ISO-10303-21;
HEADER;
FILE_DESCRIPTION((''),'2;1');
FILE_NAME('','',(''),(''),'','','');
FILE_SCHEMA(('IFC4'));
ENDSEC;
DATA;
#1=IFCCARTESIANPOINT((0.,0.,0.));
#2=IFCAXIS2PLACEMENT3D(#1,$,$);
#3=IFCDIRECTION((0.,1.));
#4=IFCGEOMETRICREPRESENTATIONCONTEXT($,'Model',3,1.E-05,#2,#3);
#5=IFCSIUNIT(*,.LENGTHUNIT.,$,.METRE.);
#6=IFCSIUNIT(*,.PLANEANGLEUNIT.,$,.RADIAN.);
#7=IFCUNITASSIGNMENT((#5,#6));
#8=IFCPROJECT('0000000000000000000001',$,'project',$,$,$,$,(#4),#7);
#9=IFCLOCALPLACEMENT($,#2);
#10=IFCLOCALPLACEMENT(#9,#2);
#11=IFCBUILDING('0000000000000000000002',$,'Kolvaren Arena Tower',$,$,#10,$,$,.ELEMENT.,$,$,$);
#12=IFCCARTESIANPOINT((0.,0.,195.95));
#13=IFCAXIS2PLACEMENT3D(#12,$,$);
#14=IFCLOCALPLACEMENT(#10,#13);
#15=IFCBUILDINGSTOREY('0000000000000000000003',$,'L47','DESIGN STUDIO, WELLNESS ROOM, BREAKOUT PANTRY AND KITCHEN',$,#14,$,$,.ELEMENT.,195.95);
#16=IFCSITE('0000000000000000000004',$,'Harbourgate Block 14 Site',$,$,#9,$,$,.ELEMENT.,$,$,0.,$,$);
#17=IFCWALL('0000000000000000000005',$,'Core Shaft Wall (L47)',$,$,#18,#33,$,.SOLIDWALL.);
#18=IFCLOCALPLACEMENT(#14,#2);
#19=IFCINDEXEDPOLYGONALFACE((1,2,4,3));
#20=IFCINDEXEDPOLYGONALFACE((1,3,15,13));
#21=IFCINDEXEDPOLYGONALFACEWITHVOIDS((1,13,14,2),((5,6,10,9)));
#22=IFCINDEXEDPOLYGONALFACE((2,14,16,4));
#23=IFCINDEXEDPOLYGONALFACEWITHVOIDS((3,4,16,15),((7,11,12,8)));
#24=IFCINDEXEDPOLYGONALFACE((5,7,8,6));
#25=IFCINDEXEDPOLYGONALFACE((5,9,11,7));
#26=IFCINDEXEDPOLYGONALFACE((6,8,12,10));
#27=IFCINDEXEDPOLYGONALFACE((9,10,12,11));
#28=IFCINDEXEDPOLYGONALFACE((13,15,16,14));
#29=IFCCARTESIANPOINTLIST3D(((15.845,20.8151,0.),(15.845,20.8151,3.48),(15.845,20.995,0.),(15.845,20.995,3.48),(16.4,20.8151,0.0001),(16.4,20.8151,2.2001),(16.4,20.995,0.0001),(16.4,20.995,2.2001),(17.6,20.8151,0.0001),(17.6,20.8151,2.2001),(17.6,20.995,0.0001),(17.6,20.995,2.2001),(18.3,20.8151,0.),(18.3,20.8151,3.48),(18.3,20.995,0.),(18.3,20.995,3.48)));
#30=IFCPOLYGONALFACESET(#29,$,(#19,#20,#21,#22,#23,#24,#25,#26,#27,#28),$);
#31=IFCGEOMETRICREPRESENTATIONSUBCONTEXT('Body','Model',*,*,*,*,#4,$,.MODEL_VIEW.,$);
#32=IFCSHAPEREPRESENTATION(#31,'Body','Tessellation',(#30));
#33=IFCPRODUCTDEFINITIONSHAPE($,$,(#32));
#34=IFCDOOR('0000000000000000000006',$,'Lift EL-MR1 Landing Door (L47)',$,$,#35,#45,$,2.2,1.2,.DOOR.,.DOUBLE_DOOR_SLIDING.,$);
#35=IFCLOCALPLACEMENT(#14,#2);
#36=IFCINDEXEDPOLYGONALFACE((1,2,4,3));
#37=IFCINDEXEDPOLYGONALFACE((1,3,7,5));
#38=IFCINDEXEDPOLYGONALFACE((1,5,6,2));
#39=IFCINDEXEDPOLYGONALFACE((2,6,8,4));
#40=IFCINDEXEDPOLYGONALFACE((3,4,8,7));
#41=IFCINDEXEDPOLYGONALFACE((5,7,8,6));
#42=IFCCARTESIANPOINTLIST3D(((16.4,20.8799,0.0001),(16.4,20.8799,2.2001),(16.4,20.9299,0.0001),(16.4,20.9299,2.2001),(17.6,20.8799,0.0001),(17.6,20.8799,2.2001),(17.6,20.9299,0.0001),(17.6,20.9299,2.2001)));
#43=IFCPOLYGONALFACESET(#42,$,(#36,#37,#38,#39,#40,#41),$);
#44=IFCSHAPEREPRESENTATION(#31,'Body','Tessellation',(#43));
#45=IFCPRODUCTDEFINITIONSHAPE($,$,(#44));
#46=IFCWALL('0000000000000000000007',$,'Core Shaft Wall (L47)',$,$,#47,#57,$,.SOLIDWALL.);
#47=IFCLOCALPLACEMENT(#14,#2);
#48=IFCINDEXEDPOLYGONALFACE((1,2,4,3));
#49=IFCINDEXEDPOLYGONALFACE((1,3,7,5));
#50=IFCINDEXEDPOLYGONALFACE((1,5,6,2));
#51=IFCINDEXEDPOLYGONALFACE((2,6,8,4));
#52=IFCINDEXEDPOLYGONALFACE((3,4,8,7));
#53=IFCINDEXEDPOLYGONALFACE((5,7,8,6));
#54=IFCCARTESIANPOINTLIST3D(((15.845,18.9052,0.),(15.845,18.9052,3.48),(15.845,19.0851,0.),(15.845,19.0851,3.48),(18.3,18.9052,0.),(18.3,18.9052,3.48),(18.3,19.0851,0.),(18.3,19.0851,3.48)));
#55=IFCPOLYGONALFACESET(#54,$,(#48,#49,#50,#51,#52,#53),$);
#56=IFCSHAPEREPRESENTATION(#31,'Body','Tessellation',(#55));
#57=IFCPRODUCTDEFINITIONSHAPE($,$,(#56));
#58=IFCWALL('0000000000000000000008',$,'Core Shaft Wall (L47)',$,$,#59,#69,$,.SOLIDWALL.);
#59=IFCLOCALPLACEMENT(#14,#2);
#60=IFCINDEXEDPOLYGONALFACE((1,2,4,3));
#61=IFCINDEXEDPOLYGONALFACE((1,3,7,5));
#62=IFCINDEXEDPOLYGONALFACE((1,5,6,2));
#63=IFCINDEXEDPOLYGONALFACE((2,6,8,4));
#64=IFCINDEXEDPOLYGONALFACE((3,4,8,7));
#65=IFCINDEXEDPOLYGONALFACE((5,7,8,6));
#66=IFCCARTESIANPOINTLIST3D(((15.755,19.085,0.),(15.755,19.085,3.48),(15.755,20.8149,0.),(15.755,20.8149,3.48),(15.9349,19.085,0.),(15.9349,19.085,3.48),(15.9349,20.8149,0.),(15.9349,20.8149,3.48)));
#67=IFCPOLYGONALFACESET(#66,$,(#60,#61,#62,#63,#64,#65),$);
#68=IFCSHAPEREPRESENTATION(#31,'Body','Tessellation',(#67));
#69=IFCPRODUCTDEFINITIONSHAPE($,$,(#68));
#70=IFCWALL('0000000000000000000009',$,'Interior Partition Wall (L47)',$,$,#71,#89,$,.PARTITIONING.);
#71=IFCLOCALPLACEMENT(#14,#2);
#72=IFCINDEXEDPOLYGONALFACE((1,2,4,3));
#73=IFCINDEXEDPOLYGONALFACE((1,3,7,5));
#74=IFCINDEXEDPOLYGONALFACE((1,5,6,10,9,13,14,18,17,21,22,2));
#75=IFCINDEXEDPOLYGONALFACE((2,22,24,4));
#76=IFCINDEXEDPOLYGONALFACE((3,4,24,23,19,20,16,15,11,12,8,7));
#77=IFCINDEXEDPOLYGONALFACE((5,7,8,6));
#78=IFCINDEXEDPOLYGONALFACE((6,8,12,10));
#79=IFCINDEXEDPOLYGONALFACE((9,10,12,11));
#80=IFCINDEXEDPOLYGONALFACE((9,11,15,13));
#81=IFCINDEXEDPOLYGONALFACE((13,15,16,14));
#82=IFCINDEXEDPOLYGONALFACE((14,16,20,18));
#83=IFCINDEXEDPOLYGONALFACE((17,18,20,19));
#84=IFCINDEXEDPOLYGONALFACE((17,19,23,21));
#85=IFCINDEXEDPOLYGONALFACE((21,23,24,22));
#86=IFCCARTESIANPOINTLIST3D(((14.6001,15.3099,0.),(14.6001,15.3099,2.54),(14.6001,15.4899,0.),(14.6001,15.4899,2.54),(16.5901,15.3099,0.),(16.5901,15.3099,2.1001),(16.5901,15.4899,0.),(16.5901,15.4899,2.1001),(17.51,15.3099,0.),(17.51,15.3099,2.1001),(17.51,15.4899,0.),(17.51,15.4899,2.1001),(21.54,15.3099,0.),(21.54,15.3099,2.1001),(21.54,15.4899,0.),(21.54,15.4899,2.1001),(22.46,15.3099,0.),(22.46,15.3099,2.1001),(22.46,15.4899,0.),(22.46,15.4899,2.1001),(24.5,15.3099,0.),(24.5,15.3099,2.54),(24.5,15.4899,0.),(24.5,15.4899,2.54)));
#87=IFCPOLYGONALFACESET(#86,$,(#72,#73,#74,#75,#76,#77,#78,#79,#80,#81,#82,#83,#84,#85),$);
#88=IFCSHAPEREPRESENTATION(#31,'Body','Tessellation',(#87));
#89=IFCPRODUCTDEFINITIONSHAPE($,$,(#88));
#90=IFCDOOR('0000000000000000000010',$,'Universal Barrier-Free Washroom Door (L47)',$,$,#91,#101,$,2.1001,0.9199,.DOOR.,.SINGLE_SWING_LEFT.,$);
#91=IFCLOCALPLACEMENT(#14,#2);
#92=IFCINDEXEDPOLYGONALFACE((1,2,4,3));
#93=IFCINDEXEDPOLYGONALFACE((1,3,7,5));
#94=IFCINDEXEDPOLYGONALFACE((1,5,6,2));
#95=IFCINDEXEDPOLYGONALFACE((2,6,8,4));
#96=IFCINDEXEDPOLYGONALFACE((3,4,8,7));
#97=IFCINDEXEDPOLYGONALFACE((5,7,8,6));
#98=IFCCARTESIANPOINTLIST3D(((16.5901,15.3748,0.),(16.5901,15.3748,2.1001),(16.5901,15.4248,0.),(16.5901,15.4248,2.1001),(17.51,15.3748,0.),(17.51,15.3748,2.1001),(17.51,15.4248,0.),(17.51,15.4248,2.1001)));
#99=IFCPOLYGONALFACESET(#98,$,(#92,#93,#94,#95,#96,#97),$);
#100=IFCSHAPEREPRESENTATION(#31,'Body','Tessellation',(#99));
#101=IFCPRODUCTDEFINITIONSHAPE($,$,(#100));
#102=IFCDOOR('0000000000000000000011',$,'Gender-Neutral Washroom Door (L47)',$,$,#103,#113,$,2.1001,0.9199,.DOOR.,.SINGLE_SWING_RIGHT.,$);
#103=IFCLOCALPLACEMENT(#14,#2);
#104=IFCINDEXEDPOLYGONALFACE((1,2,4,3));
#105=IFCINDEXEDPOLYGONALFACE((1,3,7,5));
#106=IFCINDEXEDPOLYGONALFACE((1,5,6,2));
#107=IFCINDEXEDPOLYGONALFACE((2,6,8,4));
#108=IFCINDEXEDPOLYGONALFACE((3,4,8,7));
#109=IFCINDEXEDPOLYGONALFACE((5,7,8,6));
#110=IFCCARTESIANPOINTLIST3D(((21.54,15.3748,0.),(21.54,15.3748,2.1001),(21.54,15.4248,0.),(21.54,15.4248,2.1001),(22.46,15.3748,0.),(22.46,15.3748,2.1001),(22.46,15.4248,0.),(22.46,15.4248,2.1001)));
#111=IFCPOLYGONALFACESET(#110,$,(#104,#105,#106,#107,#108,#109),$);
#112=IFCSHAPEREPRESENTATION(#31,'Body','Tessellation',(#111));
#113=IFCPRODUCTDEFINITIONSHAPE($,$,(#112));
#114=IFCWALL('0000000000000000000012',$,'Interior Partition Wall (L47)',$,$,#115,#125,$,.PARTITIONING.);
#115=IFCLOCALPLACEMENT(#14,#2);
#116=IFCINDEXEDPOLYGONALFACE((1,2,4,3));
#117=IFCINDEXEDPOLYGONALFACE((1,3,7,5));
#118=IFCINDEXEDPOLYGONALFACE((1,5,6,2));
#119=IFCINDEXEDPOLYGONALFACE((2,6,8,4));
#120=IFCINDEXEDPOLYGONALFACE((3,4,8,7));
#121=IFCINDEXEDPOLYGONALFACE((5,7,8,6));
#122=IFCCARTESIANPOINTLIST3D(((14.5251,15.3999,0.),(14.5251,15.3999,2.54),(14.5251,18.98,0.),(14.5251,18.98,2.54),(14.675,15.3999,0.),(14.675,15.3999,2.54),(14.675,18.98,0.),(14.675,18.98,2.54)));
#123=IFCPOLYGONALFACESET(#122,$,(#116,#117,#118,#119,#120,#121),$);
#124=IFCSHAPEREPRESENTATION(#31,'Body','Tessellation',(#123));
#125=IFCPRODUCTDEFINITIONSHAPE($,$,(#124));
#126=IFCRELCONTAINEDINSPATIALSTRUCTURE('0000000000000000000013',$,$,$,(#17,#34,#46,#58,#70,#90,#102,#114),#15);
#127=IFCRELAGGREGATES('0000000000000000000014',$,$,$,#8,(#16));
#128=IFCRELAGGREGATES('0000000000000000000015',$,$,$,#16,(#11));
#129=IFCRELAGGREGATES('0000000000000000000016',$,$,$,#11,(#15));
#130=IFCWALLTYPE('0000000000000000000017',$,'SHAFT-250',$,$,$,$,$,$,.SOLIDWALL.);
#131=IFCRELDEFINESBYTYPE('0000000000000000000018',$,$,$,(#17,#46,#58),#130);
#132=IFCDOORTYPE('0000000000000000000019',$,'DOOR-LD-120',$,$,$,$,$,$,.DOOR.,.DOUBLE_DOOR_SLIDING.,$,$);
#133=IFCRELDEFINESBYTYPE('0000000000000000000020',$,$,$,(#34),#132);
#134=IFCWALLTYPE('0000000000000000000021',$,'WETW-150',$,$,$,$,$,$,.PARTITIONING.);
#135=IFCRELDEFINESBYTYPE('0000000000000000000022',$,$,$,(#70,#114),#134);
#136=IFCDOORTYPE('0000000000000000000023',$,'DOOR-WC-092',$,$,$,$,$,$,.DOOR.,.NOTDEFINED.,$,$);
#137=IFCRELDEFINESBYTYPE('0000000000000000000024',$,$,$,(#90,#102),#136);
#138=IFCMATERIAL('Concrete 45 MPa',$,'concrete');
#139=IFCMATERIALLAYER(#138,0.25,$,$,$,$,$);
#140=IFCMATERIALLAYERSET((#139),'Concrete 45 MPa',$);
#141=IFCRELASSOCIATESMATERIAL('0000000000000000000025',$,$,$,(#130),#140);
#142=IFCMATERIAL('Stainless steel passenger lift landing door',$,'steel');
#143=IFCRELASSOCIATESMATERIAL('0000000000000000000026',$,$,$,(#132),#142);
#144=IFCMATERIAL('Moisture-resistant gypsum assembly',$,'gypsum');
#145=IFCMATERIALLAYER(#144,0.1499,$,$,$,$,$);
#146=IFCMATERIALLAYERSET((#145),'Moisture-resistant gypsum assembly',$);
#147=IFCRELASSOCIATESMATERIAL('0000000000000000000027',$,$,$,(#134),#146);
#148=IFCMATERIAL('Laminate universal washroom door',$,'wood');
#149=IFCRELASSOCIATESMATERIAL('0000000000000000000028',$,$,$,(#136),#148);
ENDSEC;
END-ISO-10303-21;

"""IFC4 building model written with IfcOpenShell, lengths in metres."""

from ifc_helpers import new_model, si_unit, direction, frame, frame_2d, origin, place, context, subcontext, project, spatial, rectangle, extrude, material, layer, layer_set, type_object, element, fill, save


model = new_model("IFC4")

# Units and contexts
model_context = context("Model", 3, precision=1e-05, world=origin(), true_north=direction((0.0, 1.0)))
body_context = subcontext(model_context, "Body", "Model", "MODEL_VIEW")
ifc_project = project(units=[si_unit("LENGTHUNIT", "METRE"), si_unit("PLANEANGLEUNIT", "RADIAN")], contexts=[model_context])

# Site, building, storey
site_placement = place(None, origin())
site = spatial("IfcSite", under=ifc_project, at=site_placement, Name="Harbourgate Block 14 Site", CompositionType="ELEMENT", RefElevation=0.0)
building_placement = place(site_placement, origin())
building = spatial("IfcBuilding", under=site, at=building_placement, Name="Kolvaren Arena Tower", CompositionType="ELEMENT")
storey_placement = place(building_placement, frame((0.0, 0.0, 195.95)))
storey = spatial("IfcBuildingStorey", under=building, at=storey_placement, Name="L47", Description="DESIGN STUDIO, WELLNESS ROOM, BREAKOUT PANTRY AND KITCHEN", CompositionType="ELEMENT", Elevation=195.95)

# Wall, opening, door
ifc_material_1 = material(Name="Concrete 45 MPa", Category="concrete")
ifc_layer_1 = layer(ifc_material_1, 0.25)
ifc_layer_set_1 = layer_set([ifc_layer_1], Name="Concrete 45 MPa")
wall_type_1 = type_object("IfcWallType", Name="SHAFT-250", PredefinedType="SOLIDWALL", material=ifc_layer_set_1)
wall_1_placement = place(storey_placement, frame((15.845, 20.905, 0.0), z_axis=(0.0, 0.0, 1.0), x_axis=(1.0, 0.0, 0.0)))
wall_1 = element("IfcWall", 1, at=wall_1_placement, inside=storey, type_object=wall_type_1, Name="Core Shaft Wall (L47)", PredefinedType="SOLIDWALL", context=body_context, shape_type="SweptSolid", body=[
    extrude(rectangle(XDim=2.4551, YDim=0.1799, at=frame_2d((1.2275, 0.0))), origin(), (0.0, 0.0, 1.0), 3.48),
])
opening_1_placement = place(wall_1_placement, frame((0.5549, 0.0, 0.0)))
opening_1 = element("IfcOpeningElement", 2, at=opening_1_placement, cuts=wall_1, PredefinedType="OPENING", context=body_context, shape_type="SweptSolid", body=[
    extrude(rectangle(XDim=1.2, YDim=2.2, at=frame_2d((0.6001, 1.1001))), frame((0.0, 0.0999, 0.0), z_axis=(0.0, -1.0, 0.0), x_axis=(1.0, 0.0, 0.0)), (0.0, 0.0, 1.0), 0.2),
])
ifc_material_2 = material(Name="Stainless steel passenger lift landing door", Category="steel")
door_type_1 = type_object("IfcDoorType", Name="DOOR-LD-120", OperationType="DOUBLE_DOOR_SLIDING", PredefinedType="DOOR", material=ifc_material_2)
door_1_placement = place(opening_1_placement, origin())
door_1 = element("IfcDoor", 3, at=door_1_placement, inside=storey, type_object=door_type_1, Name="Lift EL-MR1 Landing Door (L47)", OperationType="DOUBLE_DOOR_SLIDING", OverallHeight=2.2, OverallWidth=1.2, PredefinedType="DOOR", context=body_context, shape_type="SweptSolid", body=[
    extrude(rectangle(XDim=1.2, YDim=2.2, at=frame_2d((0.6001, 1.1001))), frame((0.0, 0.0249, 0.0), z_axis=(0.0, -1.0, 0.0), x_axis=(1.0, 0.0, 0.0)), (0.0, 0.0, 1.0), 0.05),
])
fill(opening_1, door_1)

# Walls
wall_2_placement = place(storey_placement, frame((15.845, 18.9951, 0.0), z_axis=(0.0, 0.0, 1.0), x_axis=(1.0, 0.0, 0.0)))
element("IfcWall", 4, at=wall_2_placement, inside=storey, type_object=wall_type_1, Name="Core Shaft Wall (L47)", PredefinedType="SOLIDWALL", context=body_context, shape_type="SweptSolid", body=[
    extrude(rectangle(XDim=2.4551, YDim=0.1799, at=frame_2d((1.2275, 0.0))), origin(), (0.0, 0.0, 1.0), 3.48),
])
wall_3_placement = place(storey_placement, frame((15.845, 19.085, 0.0), z_axis=(0.0, 0.0, 1.0), x_axis=(0.0, 1.0, 0.0)))
element("IfcWall", 5, at=wall_3_placement, inside=storey, type_object=wall_type_1, Name="Core Shaft Wall (L47)", PredefinedType="SOLIDWALL", context=body_context, shape_type="SweptSolid", body=[
    extrude(rectangle(XDim=1.73, YDim=0.1799, at=frame_2d((0.865, 0.0))), origin(), (0.0, 0.0, 1.0), 3.48),
])

# Wall, openings, doors
ifc_material_3 = material(Name="Moisture-resistant gypsum assembly", Category="gypsum")
ifc_layer_2 = layer(ifc_material_3, 0.1499)
ifc_layer_set_2 = layer_set([ifc_layer_2], Name="Moisture-resistant gypsum assembly")
wall_type_2 = type_object("IfcWallType", Name="WETW-150", PredefinedType="PARTITIONING", material=ifc_layer_set_2)
wall_4_placement = place(storey_placement, frame((14.6001, 15.3999, 0.0), z_axis=(0.0, 0.0, 1.0), x_axis=(1.0, 0.0, 0.0)))
wall_4 = element("IfcWall", 6, at=wall_4_placement, inside=storey, type_object=wall_type_2, Name="Interior Partition Wall (L47)", PredefinedType="PARTITIONING", context=body_context, shape_type="SweptSolid", body=[
    extrude(rectangle(XDim=9.8999, YDim=0.1799, at=frame_2d((4.95, 0.0))), origin(), (0.0, 0.0, 1.0), 2.54),
])
opening_2_placement = place(wall_4_placement, frame((1.99, 0.0, 0.0)))
opening_2 = element("IfcOpeningElement", 7, at=opening_2_placement, cuts=wall_4, PredefinedType="OPENING", context=body_context, shape_type="SweptSolid", body=[
    extrude(rectangle(XDim=0.9199, YDim=2.1001, at=frame_2d((0.46, 1.05))), frame((0.0, 0.0999, 0.0), z_axis=(0.0, -1.0, 0.0), x_axis=(1.0, 0.0, 0.0)), (0.0, 0.0, 1.0), 0.2),
])
opening_3_placement = place(wall_4_placement, frame((6.9399, 0.0, 0.0)))
opening_3 = element("IfcOpeningElement", 8, at=opening_3_placement, cuts=wall_4, PredefinedType="OPENING", context=body_context, shape_type="SweptSolid", body=[
    extrude(rectangle(XDim=0.9199, YDim=2.1001, at=frame_2d((0.46, 1.05))), frame((0.0, 0.0999, 0.0), z_axis=(0.0, -1.0, 0.0), x_axis=(1.0, 0.0, 0.0)), (0.0, 0.0, 1.0), 0.2),
])
ifc_material_4 = material(Name="Laminate universal washroom door", Category="wood")
door_type_2 = type_object("IfcDoorType", Name="DOOR-WC-092", OperationType="NOTDEFINED", PredefinedType="DOOR", material=ifc_material_4)
door_2_placement = place(opening_2_placement, origin())
door_2 = element("IfcDoor", 9, at=door_2_placement, inside=storey, type_object=door_type_2, Name="Universal Barrier-Free Washroom Door (L47)", OperationType="SINGLE_SWING_LEFT", OverallHeight=2.1001, OverallWidth=0.9199, PredefinedType="DOOR", context=body_context, shape_type="SweptSolid", body=[
    extrude(rectangle(XDim=0.9199, YDim=2.1001, at=frame_2d((0.46, 1.05))), frame((0.0, 0.0249, 0.0), z_axis=(0.0, -1.0, 0.0), x_axis=(1.0, 0.0, 0.0)), (0.0, 0.0, 1.0), 0.05),
])
fill(opening_2, door_2)
door_3_placement = place(opening_3_placement, origin())
door_3 = element("IfcDoor", 10, at=door_3_placement, inside=storey, type_object=door_type_2, Name="Gender-Neutral Washroom Door (L47)", OperationType="SINGLE_SWING_RIGHT", OverallHeight=2.1001, OverallWidth=0.9199, PredefinedType="DOOR", context=body_context, shape_type="SweptSolid", body=[
    extrude(rectangle(XDim=0.9199, YDim=2.1001, at=frame_2d((0.46, 1.05))), frame((0.0, 0.0249, 0.0), z_axis=(0.0, -1.0, 0.0), x_axis=(1.0, 0.0, 0.0)), (0.0, 0.0, 1.0), 0.05),
])
fill(opening_3, door_3)

# Wall
wall_5_placement = place(storey_placement, frame((14.6001, 15.3999, 0.0), z_axis=(0.0, 0.0, 1.0), x_axis=(0.0, 1.0, 0.0)))
element("IfcWall", 11, at=wall_5_placement, inside=storey, type_object=wall_type_2, Name="Interior Partition Wall (L47)", PredefinedType="PARTITIONING", context=body_context, shape_type="SweptSolid", body=[
    extrude(rectangle(XDim=3.5801, YDim=0.1499, at=frame_2d((1.79, 0.0))), origin(), (0.0, 0.0, 1.0), 2.54),
])

save(model, "model.ifc")
